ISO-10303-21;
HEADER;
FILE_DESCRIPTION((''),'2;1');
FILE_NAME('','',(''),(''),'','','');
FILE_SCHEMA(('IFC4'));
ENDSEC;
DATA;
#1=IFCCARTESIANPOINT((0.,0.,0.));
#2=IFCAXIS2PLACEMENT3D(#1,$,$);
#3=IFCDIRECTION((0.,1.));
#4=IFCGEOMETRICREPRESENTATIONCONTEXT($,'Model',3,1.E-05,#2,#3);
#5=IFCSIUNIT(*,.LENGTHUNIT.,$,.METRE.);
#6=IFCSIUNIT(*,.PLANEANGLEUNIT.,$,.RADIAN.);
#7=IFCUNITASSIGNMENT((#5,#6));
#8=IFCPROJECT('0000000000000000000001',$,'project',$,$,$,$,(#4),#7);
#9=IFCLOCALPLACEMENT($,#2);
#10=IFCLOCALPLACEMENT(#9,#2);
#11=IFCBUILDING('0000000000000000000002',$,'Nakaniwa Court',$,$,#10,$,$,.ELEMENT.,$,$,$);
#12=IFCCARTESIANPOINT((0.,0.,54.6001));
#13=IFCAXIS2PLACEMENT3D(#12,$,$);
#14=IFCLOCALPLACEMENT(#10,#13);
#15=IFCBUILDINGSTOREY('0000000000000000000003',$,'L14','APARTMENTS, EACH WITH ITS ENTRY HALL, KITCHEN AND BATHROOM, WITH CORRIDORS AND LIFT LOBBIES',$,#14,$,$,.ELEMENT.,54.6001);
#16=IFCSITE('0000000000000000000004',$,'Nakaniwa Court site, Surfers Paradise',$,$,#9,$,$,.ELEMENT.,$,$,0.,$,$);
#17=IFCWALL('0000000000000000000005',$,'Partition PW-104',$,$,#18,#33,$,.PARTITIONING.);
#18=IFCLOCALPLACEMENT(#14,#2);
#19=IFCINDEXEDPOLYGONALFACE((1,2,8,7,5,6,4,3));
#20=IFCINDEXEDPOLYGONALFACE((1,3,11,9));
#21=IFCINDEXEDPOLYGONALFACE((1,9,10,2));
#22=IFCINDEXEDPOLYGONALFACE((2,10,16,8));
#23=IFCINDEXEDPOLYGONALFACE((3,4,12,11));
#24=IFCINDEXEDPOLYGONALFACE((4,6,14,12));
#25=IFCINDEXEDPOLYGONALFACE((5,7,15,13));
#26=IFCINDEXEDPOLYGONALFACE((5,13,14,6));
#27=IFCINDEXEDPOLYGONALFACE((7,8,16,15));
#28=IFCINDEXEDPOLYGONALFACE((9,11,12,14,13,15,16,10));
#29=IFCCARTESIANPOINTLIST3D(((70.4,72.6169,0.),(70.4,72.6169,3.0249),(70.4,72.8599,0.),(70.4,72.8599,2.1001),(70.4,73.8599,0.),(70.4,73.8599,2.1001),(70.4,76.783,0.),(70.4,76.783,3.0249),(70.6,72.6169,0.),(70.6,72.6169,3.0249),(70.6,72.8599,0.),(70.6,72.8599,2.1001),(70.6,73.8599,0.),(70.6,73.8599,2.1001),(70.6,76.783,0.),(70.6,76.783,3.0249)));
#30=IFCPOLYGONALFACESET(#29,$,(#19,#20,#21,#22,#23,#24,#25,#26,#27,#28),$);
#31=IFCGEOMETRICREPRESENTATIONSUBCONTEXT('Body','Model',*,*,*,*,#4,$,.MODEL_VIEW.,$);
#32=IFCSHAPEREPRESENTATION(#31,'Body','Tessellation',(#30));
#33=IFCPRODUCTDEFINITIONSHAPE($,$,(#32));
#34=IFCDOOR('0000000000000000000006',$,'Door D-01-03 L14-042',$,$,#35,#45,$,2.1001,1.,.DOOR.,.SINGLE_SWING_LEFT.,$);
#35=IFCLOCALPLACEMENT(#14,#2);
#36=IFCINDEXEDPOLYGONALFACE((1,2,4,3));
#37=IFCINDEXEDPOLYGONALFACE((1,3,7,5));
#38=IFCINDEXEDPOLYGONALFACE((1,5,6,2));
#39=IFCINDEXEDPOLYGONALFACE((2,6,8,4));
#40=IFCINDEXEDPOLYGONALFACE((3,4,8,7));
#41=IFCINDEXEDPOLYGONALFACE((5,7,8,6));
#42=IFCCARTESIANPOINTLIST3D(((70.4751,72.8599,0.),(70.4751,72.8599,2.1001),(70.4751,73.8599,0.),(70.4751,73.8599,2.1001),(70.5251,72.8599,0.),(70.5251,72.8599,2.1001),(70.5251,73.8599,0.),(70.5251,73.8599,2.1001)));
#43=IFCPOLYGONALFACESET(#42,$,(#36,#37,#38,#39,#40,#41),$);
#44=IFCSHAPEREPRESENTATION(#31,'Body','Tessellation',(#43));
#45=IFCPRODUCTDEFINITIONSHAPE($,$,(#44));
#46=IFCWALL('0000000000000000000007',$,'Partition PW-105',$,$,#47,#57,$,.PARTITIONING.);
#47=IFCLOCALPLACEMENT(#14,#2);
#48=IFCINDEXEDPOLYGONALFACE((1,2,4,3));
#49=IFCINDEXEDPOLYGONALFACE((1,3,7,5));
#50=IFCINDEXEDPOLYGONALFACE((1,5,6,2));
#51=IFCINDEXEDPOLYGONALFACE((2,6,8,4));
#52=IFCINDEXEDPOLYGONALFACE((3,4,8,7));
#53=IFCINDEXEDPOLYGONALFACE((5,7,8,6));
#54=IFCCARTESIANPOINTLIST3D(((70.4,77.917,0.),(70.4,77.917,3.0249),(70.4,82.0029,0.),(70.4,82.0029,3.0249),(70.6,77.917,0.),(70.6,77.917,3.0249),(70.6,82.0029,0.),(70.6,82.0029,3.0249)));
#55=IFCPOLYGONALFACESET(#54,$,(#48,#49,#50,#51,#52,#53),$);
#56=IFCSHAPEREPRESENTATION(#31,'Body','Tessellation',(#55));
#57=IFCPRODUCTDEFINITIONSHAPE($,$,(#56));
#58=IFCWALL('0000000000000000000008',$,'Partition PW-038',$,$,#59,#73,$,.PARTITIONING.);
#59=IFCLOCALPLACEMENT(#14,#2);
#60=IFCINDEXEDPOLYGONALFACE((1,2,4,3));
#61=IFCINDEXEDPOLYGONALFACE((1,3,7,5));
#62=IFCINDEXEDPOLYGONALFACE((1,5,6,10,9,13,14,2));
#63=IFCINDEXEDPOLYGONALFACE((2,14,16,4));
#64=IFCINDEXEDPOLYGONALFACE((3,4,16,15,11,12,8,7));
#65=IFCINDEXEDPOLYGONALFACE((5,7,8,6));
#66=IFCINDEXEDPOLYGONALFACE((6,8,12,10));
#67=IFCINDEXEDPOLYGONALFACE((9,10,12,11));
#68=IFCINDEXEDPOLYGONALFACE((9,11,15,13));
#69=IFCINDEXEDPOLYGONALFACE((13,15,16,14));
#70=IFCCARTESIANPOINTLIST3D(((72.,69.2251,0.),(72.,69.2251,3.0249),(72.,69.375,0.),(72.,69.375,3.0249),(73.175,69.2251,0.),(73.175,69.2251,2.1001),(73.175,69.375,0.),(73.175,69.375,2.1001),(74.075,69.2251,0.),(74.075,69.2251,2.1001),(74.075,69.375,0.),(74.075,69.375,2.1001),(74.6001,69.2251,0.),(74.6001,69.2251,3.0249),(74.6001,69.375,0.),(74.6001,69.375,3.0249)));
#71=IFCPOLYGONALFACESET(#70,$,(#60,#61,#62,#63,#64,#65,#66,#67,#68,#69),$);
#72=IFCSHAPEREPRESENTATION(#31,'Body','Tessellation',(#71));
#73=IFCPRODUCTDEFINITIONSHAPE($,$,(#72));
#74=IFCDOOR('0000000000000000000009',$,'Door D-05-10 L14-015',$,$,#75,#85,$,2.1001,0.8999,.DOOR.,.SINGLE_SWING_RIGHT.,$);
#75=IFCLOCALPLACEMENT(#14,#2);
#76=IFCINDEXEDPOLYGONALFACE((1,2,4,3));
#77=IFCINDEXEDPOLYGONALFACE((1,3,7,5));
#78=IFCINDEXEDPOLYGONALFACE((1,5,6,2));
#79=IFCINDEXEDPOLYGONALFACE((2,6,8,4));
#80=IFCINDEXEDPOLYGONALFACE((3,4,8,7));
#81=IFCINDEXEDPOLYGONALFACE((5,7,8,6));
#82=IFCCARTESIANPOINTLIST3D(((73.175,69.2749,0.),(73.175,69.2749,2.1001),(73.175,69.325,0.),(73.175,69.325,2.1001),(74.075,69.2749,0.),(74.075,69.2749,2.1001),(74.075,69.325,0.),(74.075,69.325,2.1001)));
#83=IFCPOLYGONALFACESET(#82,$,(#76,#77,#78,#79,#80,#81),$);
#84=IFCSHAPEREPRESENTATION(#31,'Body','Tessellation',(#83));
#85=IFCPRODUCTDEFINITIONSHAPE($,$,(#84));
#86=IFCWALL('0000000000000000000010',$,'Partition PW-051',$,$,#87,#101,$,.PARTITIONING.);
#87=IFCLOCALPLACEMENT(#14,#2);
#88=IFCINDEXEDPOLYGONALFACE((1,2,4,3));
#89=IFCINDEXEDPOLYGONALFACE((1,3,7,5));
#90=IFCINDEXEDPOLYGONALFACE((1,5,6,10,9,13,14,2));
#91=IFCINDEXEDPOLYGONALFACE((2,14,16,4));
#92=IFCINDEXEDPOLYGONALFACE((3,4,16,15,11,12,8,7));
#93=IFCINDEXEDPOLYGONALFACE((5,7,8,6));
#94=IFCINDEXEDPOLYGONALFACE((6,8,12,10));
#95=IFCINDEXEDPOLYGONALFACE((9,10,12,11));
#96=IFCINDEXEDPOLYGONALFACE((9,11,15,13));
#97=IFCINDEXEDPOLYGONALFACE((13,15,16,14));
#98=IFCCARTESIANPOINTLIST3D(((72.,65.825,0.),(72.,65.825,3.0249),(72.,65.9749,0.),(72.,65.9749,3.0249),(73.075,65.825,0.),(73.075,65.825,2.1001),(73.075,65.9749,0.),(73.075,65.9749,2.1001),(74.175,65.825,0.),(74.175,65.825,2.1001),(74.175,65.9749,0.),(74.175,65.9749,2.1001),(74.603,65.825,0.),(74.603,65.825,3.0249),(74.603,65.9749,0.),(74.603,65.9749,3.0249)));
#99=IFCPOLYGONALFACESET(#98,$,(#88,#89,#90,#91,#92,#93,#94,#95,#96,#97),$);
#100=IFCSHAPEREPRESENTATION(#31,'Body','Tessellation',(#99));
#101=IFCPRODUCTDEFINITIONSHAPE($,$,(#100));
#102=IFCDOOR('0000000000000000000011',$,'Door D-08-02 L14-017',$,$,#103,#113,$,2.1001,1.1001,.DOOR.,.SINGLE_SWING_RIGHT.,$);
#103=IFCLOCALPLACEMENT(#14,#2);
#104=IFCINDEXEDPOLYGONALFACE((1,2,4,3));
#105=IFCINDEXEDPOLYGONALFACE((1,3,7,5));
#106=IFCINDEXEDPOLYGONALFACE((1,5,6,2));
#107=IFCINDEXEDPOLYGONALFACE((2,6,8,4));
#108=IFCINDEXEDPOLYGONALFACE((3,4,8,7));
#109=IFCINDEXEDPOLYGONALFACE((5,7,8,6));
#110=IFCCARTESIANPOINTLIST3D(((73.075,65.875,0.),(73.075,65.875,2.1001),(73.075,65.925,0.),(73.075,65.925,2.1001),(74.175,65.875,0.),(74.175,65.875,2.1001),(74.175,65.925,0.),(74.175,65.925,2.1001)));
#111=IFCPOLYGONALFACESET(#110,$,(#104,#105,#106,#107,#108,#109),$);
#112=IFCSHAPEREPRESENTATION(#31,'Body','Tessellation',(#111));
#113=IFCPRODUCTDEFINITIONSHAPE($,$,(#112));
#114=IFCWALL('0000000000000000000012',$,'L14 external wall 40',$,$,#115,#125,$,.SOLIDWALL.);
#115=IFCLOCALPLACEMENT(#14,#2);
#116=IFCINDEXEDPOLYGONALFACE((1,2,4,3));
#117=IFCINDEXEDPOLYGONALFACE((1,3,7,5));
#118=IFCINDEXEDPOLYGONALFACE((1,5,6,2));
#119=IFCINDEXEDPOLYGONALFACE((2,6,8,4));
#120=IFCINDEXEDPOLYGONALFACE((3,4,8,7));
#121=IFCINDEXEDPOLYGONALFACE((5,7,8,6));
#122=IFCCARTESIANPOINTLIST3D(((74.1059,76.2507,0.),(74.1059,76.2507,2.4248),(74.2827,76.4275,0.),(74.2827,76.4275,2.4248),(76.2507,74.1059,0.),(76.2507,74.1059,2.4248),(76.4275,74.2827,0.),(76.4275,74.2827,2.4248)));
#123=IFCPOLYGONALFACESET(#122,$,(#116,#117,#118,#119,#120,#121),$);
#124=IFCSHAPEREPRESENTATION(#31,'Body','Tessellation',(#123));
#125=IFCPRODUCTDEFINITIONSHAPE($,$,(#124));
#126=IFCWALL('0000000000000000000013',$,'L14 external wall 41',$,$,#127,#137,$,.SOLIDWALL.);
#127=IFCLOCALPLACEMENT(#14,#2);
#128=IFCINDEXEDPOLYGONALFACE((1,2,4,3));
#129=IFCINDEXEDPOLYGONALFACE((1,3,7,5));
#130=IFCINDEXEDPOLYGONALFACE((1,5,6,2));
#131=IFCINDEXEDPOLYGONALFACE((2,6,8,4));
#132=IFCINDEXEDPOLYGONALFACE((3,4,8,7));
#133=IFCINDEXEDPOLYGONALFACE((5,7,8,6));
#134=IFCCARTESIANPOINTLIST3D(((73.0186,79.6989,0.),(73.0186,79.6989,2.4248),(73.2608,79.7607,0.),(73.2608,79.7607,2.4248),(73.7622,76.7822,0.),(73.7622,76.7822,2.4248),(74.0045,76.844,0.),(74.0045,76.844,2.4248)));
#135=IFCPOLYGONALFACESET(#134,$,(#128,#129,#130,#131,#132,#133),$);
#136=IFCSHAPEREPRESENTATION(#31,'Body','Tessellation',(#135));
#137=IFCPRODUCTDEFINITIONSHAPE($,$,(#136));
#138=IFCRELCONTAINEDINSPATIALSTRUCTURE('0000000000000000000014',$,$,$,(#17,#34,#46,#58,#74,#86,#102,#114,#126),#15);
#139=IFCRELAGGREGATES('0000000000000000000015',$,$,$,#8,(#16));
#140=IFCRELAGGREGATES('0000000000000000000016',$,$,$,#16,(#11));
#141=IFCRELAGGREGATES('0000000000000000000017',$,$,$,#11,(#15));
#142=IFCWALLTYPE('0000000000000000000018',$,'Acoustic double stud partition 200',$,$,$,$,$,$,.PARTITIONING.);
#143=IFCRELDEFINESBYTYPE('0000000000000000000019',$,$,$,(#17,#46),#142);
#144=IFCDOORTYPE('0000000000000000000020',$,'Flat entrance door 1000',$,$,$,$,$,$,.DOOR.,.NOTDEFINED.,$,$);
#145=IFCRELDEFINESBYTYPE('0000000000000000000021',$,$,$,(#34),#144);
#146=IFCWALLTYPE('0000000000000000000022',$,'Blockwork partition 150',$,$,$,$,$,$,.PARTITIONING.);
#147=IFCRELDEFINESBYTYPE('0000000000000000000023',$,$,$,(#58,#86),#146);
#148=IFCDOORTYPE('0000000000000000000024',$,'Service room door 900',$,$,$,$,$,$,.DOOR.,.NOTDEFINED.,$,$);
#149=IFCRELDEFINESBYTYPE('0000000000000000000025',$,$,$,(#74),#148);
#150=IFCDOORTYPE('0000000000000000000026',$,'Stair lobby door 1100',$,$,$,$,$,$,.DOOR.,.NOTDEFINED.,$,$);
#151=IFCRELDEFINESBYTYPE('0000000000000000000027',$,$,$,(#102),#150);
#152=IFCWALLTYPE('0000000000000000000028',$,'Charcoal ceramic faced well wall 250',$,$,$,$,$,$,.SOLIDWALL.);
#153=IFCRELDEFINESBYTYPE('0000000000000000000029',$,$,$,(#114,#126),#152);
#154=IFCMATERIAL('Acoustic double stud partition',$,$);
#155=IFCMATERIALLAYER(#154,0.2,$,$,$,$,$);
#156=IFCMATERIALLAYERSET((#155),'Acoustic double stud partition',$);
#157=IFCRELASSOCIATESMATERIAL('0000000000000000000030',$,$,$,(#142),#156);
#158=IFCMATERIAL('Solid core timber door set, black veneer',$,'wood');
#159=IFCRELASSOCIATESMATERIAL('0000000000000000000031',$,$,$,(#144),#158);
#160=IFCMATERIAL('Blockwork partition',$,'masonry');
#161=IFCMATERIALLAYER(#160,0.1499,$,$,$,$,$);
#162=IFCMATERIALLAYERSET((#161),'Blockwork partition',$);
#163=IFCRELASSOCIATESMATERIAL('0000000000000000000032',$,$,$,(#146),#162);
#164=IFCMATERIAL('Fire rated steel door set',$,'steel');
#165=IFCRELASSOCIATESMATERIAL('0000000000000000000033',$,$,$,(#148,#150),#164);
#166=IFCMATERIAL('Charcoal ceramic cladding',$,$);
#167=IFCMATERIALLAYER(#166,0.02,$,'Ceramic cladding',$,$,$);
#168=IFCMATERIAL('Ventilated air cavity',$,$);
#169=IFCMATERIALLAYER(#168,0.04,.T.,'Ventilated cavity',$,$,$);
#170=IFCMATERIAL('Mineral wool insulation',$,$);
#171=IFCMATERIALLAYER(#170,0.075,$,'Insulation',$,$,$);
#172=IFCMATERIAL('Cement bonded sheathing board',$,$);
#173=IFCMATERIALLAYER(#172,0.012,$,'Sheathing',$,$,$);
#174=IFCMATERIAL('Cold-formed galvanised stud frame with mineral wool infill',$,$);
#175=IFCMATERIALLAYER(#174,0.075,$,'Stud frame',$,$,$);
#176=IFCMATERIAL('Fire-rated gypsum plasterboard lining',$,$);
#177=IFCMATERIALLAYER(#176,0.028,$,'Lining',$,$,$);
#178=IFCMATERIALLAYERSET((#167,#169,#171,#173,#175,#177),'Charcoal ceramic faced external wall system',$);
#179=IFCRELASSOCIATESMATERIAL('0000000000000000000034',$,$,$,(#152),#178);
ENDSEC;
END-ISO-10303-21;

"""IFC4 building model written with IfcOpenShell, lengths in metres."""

from ifc_helpers import new_model, si_unit, direction, frame, frame_2d, origin, place, context, subcontext, project, spatial, rectangle, extrude, material, layer, layer_set, type_object, element, fill, save


model = new_model("IFC4")

# Units and contexts
model_context = context("Model", 3, precision=1e-05, world=origin(), true_north=direction((0.0, 1.0)))
body_context = subcontext(model_context, "Body", "Model", "MODEL_VIEW")
ifc_project = project(units=[si_unit("LENGTHUNIT", "METRE"), si_unit("PLANEANGLEUNIT", "RADIAN")], contexts=[model_context])

# Site, building, storey
site_placement = place(None, origin())
site = spatial("IfcSite", under=ifc_project, at=site_placement, Name="Nakaniwa Court site, Surfers Paradise", CompositionType="ELEMENT", RefElevation=0.0)
building_placement = place(site_placement, origin())
building = spatial("IfcBuilding", under=site, at=building_placement, Name="Nakaniwa Court", CompositionType="ELEMENT")
storey_placement = place(building_placement, frame((0.0, 0.0, 54.6001)))
storey = spatial("IfcBuildingStorey", under=building, at=storey_placement, Name="L14", Description="APARTMENTS, EACH WITH ITS ENTRY HALL, KITCHEN AND BATHROOM, WITH CORRIDORS AND LIFT LOBBIES", CompositionType="ELEMENT", Elevation=54.6001)

# Shared definitions
ifc_material_1 = material(Name="Acoustic double stud partition")
ifc_layer_1 = layer(ifc_material_1, 0.2)
ifc_layer_set_1 = layer_set([ifc_layer_1], Name="Acoustic double stud partition")
wall_type_1 = type_object("IfcWallType", Name="Acoustic double stud partition 200", PredefinedType="PARTITIONING", material=ifc_layer_set_1)

# Wall, opening, door
ifc_material_2 = material(Name="Solid core timber door set, black veneer", Category="wood")
wall_1_placement = place(storey_placement, frame((70.5, 72.6169, 0.0), z_axis=(0.0, 0.0, 1.0), x_axis=(0.0, 1.0, 0.0)))
wall_1 = element("IfcWall", 1, at=wall_1_placement, inside=storey, type_object=wall_type_1, Name="Partition PW-104", PredefinedType="PARTITIONING", context=body_context, shape_type="SweptSolid", body=[
    extrude(rectangle(XDim=4.166, YDim=0.2, at=frame_2d((2.083, 0.0))), origin(), (0.0, 0.0, 1.0), 3.0249),
])
opening_1_placement = place(wall_1_placement, frame((0.2429, 0.0, 0.0)))
opening_1 = element("IfcOpeningElement", 2, at=opening_1_placement, cuts=wall_1, PredefinedType="OPENING", context=body_context, shape_type="SweptSolid", body=[
    extrude(rectangle(XDim=1.0, YDim=2.1001, at=frame_2d((0.5, 1.05))), frame((0.0, 0.1099, 0.0), z_axis=(0.0, -1.0, 0.0), x_axis=(1.0, 0.0, 0.0)), (0.0, 0.0, 1.0), 0.22),
])
door_type_1 = type_object("IfcDoorType", Name="Flat entrance door 1000", OperationType="NOTDEFINED", PredefinedType="DOOR", material=ifc_material_2)
door_1_placement = place(opening_1_placement, origin())
door_1 = element("IfcDoor", 3, at=door_1_placement, inside=storey, type_object=door_type_1, Name="Door D-01-03 L14-042", OperationType="SINGLE_SWING_LEFT", OverallHeight=2.1001, OverallWidth=1.0, PredefinedType="DOOR", context=body_context, shape_type="SweptSolid", body=[
    extrude(rectangle(XDim=1.0, YDim=2.1001, at=frame_2d((0.5, 1.05))), frame((0.0, 0.0249, 0.0), z_axis=(0.0, -1.0, 0.0), x_axis=(1.0, 0.0, 0.0)), (0.0, 0.0, 1.0), 0.05),
])
fill(opening_1, door_1)

# Wall
wall_2_placement = place(storey_placement, frame((70.5, 77.917, 0.0), z_axis=(0.0, 0.0, 1.0), x_axis=(0.0, 1.0, 0.0)))
element("IfcWall", 4, at=wall_2_placement, inside=storey, type_object=wall_type_1, Name="Partition PW-105", PredefinedType="PARTITIONING", context=body_context, shape_type="SweptSolid", body=[
    extrude(rectangle(XDim=4.0859, YDim=0.2, at=frame_2d((2.043, 0.0))), origin(), (0.0, 0.0, 1.0), 3.0249),
])

# Walls, openings, doors
ifc_material_3 = material(Name="Blockwork partition", Category="masonry")
ifc_layer_2 = layer(ifc_material_3, 0.1499)
ifc_layer_set_2 = layer_set([ifc_layer_2], Name="Blockwork partition")
wall_type_2 = type_object("IfcWallType", Name="Blockwork partition 150", PredefinedType="PARTITIONING", material=ifc_layer_set_2)
wall_3_placement = place(storey_placement, frame((72.0, 69.3, 0.0), z_axis=(0.0, 0.0, 1.0), x_axis=(1.0, 0.0, 0.0)))
wall_3 = element("IfcWall", 5, at=wall_3_placement, inside=storey, type_object=wall_type_2, Name="Partition PW-038", PredefinedType="PARTITIONING", context=body_context, shape_type="SweptSolid", body=[
    extrude(rectangle(XDim=2.6001, YDim=0.1499, at=frame_2d((1.3, 0.0))), origin(), (0.0, 0.0, 1.0), 3.0249),
])
opening_2_placement = place(wall_3_placement, frame((1.175, 0.0, 0.0)))
opening_2 = element("IfcOpeningElement", 6, at=opening_2_placement, cuts=wall_3, PredefinedType="OPENING", context=body_context, shape_type="SweptSolid", body=[
    extrude(rectangle(XDim=0.8999, YDim=2.1001, at=frame_2d((0.45, 1.05))), frame((0.0, 0.085, 0.0), z_axis=(0.0, -1.0, 0.0), x_axis=(1.0, 0.0, 0.0)), (0.0, 0.0, 1.0), 0.1699),
])
ifc_material_4 = material(Name="Fire rated steel door set", Category="steel")
door_type_2 = type_object("IfcDoorType", Name="Service room door 900", OperationType="NOTDEFINED", PredefinedType="DOOR", material=ifc_material_4)
door_2_placement = place(opening_2_placement, origin())
door_2 = element("IfcDoor", 7, at=door_2_placement, inside=storey, type_object=door_type_2, Name="Door D-05-10 L14-015", OperationType="SINGLE_SWING_RIGHT", OverallHeight=2.1001, OverallWidth=0.8999, PredefinedType="DOOR", context=body_context, shape_type="SweptSolid", body=[
    extrude(rectangle(XDim=0.8999, YDim=2.1001, at=frame_2d((0.45, 1.05))), frame((0.0, 0.0249, 0.0), z_axis=(0.0, -1.0, 0.0), x_axis=(1.0, 0.0, 0.0)), (0.0, 0.0, 1.0), 0.05),
])
fill(opening_2, door_2)
wall_4_placement = place(storey_placement, frame((74.603, 65.8999, 0.0), z_axis=(0.0, 0.0, 1.0), x_axis=(-1.0, 0.0, 0.0)))
wall_4 = element("IfcWall", 8, at=wall_4_placement, inside=storey, type_object=wall_type_2, Name="Partition PW-051", PredefinedType="PARTITIONING", context=body_context, shape_type="SweptSolid", body=[
    extrude(rectangle(XDim=2.603, YDim=0.1499, at=frame_2d((1.3015, 0.0))), origin(), (0.0, 0.0, 1.0), 3.0249),
])
opening_3_placement = place(wall_4_placement, frame((0.428, 0.0, 0.0)))
opening_3 = element("IfcOpeningElement", 9, at=opening_3_placement, cuts=wall_4, PredefinedType="OPENING", context=body_context, shape_type="SweptSolid", body=[
    extrude(rectangle(XDim=1.1001, YDim=2.1001, at=frame_2d((0.55, 1.05))), frame((0.0, 0.085, 0.0), z_axis=(0.0, -1.0, 0.0), x_axis=(1.0, 0.0, 0.0)), (0.0, 0.0, 1.0), 0.1699),
])
door_type_3 = type_object("IfcDoorType", Name="Stair lobby door 1100", OperationType="NOTDEFINED", PredefinedType="DOOR", material=ifc_material_4)
door_3_placement = place(opening_3_placement, origin())
door_3 = element("IfcDoor", 10, at=door_3_placement, inside=storey, type_object=door_type_3, Name="Door D-08-02 L14-017", OperationType="SINGLE_SWING_RIGHT", OverallHeight=2.1001, OverallWidth=1.1001, PredefinedType="DOOR", context=body_context, shape_type="SweptSolid", body=[
    extrude(rectangle(XDim=1.1001, YDim=2.1001, at=frame_2d((0.55, 1.05))), frame((0.0, 0.0249, 0.0), z_axis=(0.0, -1.0, 0.0), x_axis=(1.0, 0.0, 0.0)), (0.0, 0.0, 1.0), 0.05),
])
fill(opening_3, door_3)

# Walls
ifc_material_5 = material(Name="Charcoal ceramic cladding")
ifc_layer_3 = layer(ifc_material_5, 0.02, Name="Ceramic cladding")
ifc_material_6 = material(Name="Ventilated air cavity")
ifc_layer_4 = layer(ifc_material_6, 0.04, ventilated=True, Name="Ventilated cavity")
ifc_material_7 = material(Name="Mineral wool insulation")
ifc_layer_5 = layer(ifc_material_7, 0.075, Name="Insulation")
ifc_material_8 = material(Name="Cement bonded sheathing board")
ifc_layer_6 = layer(ifc_material_8, 0.012, Name="Sheathing")
ifc_material_9 = material(Name="Cold-formed galvanised stud frame with mineral wool infill")
ifc_layer_7 = layer(ifc_material_9, 0.075, Name="Stud frame")
ifc_material_10 = material(Name="Fire-rated gypsum plasterboard lining")
ifc_layer_8 = layer(ifc_material_10, 0.028, Name="Lining")
ifc_layer_set_3 = layer_set([ifc_layer_3, ifc_layer_4, ifc_layer_5, ifc_layer_6, ifc_layer_7, ifc_layer_8], Name="Charcoal ceramic faced external wall system")
wall_type_3 = type_object("IfcWallType", Name="Charcoal ceramic faced well wall 250", PredefinedType="SOLIDWALL", material=ifc_layer_set_3)
wall_5_placement = place(storey_placement, frame((76.3391, 74.1943, 0.0), z_axis=(0.0, 0.0, 1.0), x_axis=(-0.707107, 0.707107, 0.0)))
element("IfcWall", 11, at=wall_5_placement, inside=storey, type_object=wall_type_3, Name="L14 external wall 40", PredefinedType="SOLIDWALL", context=body_context, shape_type="SweptSolid", body=[
    extrude(rectangle(XDim=3.0332, YDim=0.25, at=frame_2d((1.5166, 0.0))), origin(), (0.0, 0.0, 1.0), 2.4248),
])
wall_6_placement = place(storey_placement, frame((73.8833, 76.8132, 0.0), z_axis=(0.0, 0.0, 1.0), x_axis=(-0.247056, 0.969001, 0.0)))
element("IfcWall", 12, at=wall_6_placement, inside=storey, type_object=wall_type_3, Name="L14 external wall 41", PredefinedType="SOLIDWALL", context=body_context, shape_type="SweptSolid", body=[
    extrude(rectangle(XDim=3.01, YDim=0.25, at=frame_2d((1.5049, 0.0))), origin(), (0.0, 0.0, 1.0), 2.4248),
])

save(model, "model.ifc")
